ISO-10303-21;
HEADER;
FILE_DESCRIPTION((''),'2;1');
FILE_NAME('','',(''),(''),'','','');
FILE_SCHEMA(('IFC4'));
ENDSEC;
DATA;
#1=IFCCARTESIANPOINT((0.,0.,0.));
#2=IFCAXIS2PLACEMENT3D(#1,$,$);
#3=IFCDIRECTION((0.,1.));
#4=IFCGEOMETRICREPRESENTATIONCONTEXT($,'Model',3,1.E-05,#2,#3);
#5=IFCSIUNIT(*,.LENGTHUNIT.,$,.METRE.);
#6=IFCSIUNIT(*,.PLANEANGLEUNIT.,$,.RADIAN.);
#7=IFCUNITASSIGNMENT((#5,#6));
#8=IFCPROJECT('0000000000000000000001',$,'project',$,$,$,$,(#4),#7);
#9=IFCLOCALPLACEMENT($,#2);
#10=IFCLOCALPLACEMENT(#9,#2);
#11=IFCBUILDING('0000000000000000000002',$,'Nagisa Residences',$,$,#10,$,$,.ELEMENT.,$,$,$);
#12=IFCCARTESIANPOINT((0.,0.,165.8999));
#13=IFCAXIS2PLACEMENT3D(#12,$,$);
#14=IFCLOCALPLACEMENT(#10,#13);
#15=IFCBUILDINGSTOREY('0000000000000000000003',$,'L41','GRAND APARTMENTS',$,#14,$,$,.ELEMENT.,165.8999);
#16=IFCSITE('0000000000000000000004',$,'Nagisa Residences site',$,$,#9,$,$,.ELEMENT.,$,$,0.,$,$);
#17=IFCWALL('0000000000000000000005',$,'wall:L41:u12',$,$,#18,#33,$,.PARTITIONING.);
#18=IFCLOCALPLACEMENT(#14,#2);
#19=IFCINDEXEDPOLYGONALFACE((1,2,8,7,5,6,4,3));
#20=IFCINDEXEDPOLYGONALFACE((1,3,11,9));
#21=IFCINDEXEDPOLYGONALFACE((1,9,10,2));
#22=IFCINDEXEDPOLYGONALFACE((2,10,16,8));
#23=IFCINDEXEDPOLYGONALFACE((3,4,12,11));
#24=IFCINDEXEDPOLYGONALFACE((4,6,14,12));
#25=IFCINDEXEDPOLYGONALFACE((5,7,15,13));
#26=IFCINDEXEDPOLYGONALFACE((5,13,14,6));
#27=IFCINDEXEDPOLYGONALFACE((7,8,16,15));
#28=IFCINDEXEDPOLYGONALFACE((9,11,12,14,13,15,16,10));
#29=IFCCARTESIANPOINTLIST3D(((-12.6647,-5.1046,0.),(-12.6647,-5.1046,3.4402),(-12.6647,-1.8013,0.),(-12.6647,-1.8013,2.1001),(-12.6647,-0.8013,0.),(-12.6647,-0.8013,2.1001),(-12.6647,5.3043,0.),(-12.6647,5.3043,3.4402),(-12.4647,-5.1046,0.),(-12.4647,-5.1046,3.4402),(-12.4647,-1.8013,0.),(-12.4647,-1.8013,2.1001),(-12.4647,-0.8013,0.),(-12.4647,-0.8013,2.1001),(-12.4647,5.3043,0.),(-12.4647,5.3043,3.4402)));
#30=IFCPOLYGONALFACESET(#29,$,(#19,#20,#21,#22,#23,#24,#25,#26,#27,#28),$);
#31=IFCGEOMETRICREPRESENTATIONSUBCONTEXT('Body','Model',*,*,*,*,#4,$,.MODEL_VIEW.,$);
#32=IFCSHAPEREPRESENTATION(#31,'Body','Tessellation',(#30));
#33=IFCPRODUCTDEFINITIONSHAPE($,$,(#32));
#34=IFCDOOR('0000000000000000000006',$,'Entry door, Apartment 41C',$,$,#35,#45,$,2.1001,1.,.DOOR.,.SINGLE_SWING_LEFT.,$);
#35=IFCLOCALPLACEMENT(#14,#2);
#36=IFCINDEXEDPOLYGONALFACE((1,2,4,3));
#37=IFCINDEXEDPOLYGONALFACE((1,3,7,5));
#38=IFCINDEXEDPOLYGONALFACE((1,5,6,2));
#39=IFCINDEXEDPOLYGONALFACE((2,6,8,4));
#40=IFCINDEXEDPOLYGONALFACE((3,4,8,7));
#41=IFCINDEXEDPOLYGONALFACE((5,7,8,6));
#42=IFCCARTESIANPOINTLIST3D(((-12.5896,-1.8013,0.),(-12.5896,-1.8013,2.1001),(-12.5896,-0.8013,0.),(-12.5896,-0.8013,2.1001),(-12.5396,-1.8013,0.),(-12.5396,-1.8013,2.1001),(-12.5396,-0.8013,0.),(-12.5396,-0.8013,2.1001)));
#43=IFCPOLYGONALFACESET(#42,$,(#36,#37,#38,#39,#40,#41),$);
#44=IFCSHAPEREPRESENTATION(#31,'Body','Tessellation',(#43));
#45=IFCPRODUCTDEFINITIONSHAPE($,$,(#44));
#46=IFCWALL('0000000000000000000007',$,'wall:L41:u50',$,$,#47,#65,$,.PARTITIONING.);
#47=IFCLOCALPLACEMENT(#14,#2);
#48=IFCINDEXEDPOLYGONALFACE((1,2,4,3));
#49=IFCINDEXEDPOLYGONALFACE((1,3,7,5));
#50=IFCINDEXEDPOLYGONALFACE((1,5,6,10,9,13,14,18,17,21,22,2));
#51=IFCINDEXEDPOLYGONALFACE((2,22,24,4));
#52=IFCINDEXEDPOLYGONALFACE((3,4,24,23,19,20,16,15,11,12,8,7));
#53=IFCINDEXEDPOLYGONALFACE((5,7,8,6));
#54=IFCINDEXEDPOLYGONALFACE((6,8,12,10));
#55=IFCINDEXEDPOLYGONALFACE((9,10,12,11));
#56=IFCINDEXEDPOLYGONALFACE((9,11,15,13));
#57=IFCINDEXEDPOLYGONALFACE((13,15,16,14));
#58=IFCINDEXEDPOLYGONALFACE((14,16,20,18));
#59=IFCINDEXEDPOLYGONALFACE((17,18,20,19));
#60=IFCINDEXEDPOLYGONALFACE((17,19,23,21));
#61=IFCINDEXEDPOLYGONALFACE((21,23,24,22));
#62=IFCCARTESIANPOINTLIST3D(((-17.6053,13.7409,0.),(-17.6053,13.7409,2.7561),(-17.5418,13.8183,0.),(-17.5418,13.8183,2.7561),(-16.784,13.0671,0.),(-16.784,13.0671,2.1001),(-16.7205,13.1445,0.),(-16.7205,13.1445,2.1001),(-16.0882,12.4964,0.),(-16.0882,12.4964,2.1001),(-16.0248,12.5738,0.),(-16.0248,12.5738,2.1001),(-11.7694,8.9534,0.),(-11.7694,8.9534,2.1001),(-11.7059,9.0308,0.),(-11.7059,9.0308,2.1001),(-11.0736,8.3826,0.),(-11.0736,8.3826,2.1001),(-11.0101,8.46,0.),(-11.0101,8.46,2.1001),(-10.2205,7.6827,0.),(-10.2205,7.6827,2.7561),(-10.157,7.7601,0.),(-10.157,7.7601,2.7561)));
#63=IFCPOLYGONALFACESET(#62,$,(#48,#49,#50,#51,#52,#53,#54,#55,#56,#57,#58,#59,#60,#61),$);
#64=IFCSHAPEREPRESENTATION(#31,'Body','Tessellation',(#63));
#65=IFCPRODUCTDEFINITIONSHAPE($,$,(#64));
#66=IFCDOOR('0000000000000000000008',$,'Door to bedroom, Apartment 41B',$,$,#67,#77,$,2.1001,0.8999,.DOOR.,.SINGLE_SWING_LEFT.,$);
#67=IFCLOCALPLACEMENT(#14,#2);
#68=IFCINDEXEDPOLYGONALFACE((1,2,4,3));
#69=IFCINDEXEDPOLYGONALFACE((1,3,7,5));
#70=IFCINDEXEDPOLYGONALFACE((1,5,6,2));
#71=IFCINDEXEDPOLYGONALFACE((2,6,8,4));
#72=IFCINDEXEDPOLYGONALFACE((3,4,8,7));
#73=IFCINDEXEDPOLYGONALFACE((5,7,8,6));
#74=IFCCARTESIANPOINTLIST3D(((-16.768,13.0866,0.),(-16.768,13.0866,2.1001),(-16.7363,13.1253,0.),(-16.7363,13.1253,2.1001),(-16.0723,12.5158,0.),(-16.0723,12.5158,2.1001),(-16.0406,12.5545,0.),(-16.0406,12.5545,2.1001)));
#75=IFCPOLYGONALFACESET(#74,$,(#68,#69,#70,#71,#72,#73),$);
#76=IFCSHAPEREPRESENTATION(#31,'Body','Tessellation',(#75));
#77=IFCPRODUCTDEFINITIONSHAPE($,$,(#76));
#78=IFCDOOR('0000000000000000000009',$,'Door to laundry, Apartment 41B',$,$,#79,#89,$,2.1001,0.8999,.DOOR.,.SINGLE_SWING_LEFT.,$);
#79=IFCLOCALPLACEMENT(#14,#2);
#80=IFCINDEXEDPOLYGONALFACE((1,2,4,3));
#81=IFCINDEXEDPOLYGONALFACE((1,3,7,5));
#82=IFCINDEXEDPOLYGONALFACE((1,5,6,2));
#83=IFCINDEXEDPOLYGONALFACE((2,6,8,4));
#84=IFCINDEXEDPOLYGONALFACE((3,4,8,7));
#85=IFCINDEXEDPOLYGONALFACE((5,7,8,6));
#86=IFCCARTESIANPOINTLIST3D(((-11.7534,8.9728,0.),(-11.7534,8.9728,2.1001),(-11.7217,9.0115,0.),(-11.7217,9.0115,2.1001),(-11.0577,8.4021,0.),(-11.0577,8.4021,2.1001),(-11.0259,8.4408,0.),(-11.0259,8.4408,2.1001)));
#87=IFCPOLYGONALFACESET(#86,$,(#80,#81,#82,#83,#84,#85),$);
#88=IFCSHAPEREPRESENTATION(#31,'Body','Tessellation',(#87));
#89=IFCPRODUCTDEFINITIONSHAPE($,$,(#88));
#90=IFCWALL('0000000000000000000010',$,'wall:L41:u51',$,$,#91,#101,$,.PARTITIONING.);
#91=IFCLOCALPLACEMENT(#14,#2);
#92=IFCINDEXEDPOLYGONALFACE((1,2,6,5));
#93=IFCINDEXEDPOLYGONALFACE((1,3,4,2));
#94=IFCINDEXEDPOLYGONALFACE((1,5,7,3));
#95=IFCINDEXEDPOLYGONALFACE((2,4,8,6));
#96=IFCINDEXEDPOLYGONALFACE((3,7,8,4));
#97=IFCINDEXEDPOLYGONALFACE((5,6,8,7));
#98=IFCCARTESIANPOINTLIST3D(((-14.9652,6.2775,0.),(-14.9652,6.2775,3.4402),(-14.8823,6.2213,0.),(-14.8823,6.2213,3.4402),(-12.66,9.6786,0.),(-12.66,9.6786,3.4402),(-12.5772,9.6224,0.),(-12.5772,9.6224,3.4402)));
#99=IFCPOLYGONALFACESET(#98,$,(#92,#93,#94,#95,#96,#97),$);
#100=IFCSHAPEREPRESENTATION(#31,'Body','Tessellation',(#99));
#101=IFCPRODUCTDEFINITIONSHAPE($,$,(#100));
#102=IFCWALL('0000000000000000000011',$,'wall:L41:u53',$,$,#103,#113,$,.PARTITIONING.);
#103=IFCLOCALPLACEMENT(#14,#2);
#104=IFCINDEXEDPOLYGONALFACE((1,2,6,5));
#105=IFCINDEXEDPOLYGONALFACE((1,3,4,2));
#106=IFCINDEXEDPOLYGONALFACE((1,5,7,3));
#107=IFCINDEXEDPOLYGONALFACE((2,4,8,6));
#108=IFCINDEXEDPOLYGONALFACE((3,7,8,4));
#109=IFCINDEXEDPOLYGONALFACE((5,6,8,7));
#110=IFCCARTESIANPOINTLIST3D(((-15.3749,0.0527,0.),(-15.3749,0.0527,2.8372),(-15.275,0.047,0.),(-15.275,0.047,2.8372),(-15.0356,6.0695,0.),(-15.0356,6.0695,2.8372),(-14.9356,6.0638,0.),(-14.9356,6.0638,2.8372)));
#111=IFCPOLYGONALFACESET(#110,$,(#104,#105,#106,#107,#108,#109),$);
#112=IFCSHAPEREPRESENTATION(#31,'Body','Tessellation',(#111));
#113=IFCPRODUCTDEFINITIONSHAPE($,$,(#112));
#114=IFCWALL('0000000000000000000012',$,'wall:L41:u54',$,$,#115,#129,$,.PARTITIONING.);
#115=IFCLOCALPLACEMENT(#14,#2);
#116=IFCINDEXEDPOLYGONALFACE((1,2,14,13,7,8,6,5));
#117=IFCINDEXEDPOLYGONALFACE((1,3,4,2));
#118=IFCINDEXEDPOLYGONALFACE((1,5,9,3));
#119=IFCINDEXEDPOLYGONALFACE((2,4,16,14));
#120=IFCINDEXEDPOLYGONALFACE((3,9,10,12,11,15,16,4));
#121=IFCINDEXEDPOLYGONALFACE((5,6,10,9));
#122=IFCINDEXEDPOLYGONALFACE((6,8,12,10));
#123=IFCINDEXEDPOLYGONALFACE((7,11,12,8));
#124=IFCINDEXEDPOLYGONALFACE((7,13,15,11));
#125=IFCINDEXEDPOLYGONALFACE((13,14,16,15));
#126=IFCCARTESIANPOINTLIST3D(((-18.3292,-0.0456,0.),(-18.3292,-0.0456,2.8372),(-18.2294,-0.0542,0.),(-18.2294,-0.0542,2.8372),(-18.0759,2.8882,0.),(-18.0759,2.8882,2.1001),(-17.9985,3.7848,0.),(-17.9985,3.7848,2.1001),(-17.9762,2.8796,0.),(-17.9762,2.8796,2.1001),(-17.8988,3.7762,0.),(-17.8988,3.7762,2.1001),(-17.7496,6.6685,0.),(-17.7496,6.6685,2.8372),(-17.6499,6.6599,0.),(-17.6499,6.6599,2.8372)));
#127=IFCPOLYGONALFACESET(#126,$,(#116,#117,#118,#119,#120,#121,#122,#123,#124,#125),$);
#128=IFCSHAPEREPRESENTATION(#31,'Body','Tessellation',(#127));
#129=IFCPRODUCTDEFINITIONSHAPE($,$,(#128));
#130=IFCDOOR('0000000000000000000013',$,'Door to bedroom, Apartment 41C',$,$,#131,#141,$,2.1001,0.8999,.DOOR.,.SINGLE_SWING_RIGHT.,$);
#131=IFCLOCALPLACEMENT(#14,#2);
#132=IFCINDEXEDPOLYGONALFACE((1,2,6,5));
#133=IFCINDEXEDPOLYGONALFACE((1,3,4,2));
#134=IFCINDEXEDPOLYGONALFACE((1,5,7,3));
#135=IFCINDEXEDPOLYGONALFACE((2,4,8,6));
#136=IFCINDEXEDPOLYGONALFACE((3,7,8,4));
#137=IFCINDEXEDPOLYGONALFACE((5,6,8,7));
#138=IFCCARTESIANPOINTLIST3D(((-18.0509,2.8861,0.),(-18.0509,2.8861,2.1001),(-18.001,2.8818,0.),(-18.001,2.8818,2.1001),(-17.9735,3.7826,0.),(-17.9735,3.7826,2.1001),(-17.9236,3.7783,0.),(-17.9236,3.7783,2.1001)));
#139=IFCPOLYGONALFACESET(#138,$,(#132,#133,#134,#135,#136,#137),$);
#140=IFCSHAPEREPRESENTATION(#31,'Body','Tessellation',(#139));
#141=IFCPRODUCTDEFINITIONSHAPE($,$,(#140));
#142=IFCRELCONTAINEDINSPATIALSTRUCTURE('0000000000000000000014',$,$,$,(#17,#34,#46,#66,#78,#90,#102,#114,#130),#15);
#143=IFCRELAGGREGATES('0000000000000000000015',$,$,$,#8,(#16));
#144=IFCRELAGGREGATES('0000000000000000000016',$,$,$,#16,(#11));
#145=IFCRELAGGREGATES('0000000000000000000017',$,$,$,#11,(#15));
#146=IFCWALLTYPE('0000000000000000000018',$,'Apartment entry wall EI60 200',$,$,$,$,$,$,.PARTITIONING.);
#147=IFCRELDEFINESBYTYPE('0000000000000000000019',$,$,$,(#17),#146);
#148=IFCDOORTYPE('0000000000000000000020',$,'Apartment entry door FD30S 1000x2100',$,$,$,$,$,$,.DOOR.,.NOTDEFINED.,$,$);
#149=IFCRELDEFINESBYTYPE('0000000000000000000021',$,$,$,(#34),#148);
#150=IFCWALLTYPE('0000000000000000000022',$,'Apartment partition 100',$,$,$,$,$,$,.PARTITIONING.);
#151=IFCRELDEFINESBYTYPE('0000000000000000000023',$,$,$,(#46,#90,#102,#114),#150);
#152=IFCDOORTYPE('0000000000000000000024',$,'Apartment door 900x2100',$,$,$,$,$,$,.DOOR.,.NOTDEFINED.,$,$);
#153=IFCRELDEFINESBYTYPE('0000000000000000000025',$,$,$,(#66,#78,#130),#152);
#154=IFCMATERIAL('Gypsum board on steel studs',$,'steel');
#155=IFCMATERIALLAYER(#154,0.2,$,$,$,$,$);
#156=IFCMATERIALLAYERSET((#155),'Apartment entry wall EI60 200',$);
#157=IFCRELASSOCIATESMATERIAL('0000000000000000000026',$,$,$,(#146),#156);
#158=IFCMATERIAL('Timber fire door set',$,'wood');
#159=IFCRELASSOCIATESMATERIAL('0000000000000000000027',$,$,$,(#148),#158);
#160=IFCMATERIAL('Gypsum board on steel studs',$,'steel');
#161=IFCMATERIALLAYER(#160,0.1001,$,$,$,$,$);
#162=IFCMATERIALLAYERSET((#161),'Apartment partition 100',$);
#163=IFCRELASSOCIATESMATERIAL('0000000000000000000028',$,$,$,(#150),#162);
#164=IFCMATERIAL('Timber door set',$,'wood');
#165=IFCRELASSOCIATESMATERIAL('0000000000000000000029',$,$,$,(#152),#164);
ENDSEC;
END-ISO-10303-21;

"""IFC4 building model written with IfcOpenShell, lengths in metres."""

from ifc_helpers import new_model, si_unit, direction, frame, frame_2d, origin, place, context, subcontext, project, spatial, rectangle, extrude, material, layer, layer_set, type_object, element, fill, save


model = new_model("IFC4")

# Units and contexts
model_context = context("Model", 3, precision=1e-05, world=origin(), true_north=direction((0.0, 1.0)))
body_context = subcontext(model_context, "Body", "Model", "MODEL_VIEW")
ifc_project = project(units=[si_unit("LENGTHUNIT", "METRE"), si_unit("PLANEANGLEUNIT", "RADIAN")], contexts=[model_context])

# Site, building, storey
site_placement = place(None, origin())
site = spatial("IfcSite", under=ifc_project, at=site_placement, Name="Nagisa Residences site", CompositionType="ELEMENT", RefElevation=0.0)
building_placement = place(site_placement, origin())
building = spatial("IfcBuilding", under=site, at=building_placement, Name="Nagisa Residences", CompositionType="ELEMENT")
storey_placement = place(building_placement, frame((0.0, 0.0, 165.8999)))
storey = spatial("IfcBuildingStorey", under=building, at=storey_placement, Name="L41", Description="GRAND APARTMENTS", CompositionType="ELEMENT", Elevation=165.8999)

# Wall, opening, door
ifc_material_1 = material(Name="Gypsum board on steel studs", Category="steel")
ifc_layer_1 = layer(ifc_material_1, 0.2)
ifc_layer_set_1 = layer_set([ifc_layer_1], Name="Apartment entry wall EI60 200")
wall_type_1 = type_object("IfcWallType", Name="Apartment entry wall EI60 200", PredefinedType="PARTITIONING", material=ifc_layer_set_1)
wall_1_placement = place(storey_placement, frame((-12.5647, 5.3044, 0.0), z_axis=(0.0, 0.0, 1.0), x_axis=(0.0, -1.0, 0.0)))
wall_1 = element("IfcWall", 1, at=wall_1_placement, inside=storey, type_object=wall_type_1, Name="wall:L41:u12", PredefinedType="PARTITIONING", context=body_context, shape_type="SweptSolid", body=[
    extrude(rectangle(XDim=10.4089, YDim=0.2, at=frame_2d((5.2046, 0.0))), origin(), (0.0, 0.0, 1.0), 3.4402),
])
opening_1_placement = place(wall_1_placement, frame((6.1057, 0.0, 0.0)))
opening_1 = element("IfcOpeningElement", 2, at=opening_1_placement, cuts=wall_1, PredefinedType="OPENING", context=body_context, shape_type="SweptSolid", body=[
    extrude(rectangle(XDim=1.0, YDim=2.1001, at=frame_2d((0.5, 1.05))), frame((0.0, 0.1099, 0.0), z_axis=(0.0, -1.0, 0.0), x_axis=(1.0, 0.0, 0.0)), (0.0, 0.0, 1.0), 0.22),
])
ifc_material_2 = material(Name="Timber fire door set", Category="wood")
door_type_1 = type_object("IfcDoorType", Name="Apartment entry door FD30S 1000x2100", OperationType="NOTDEFINED", PredefinedType="DOOR", material=ifc_material_2)
door_1_placement = place(opening_1_placement, frame((1.0, 0.0, 0.0), x_axis=(-1.0, 0.0, 0.0)))
door_1 = element("IfcDoor", 3, at=door_1_placement, inside=storey, type_object=door_type_1, Name="Entry door, Apartment 41C", OperationType="SINGLE_SWING_LEFT", OverallHeight=2.1001, OverallWidth=1.0, PredefinedType="DOOR", context=body_context, shape_type="SweptSolid", body=[
    extrude(rectangle(XDim=1.0, YDim=2.1001, at=frame_2d((0.5, 1.05))), frame((0.0, 0.0249, 0.0), z_axis=(0.0, -1.0, 0.0), x_axis=(1.0, 0.0, 0.0)), (0.0, 0.0, 1.0), 0.05),
])
fill(opening_1, door_1)

# Wall, openings, doors
ifc_material_3 = material(Name="Gypsum board on steel studs", Category="steel")
ifc_layer_2 = layer(ifc_material_3, 0.1001)
ifc_layer_set_2 = layer_set([ifc_layer_2], Name="Apartment partition 100")
wall_type_2 = type_object("IfcWallType", Name="Apartment partition 100", PredefinedType="PARTITIONING", material=ifc_layer_set_2)
wall_2_placement = place(storey_placement, frame((-10.1887, 7.7214, 0.0), z_axis=(0.0, 0.0, 1.0), x_axis=(-0.773134, 0.634242, 0.0)))
wall_2 = element("IfcWall", 4, at=wall_2_placement, inside=storey, type_object=wall_type_2, Name="wall:L41:u50", PredefinedType="PARTITIONING", context=body_context, shape_type="SweptSolid", body=[
    extrude(rectangle(XDim=9.5518, YDim=0.1001, at=frame_2d((4.7759, 0.0))), origin(), (0.0, 0.0, 1.0), 2.7561),
])
opening_2_placement = place(wall_2_placement, frame((7.5896, 0.0, 0.0)))
opening_2 = element("IfcOpeningElement", 5, at=opening_2_placement, cuts=wall_2, PredefinedType="OPENING", context=body_context, shape_type="SweptSolid", body=[
    extrude(rectangle(XDim=0.8999, YDim=2.1001, at=frame_2d((0.45, 1.05))), frame((0.0, 0.0601, 0.0), z_axis=(0.0, -1.0, 0.0), x_axis=(1.0, 0.0, 0.0)), (0.0, 0.0, 1.0), 0.1201),
])
opening_3_placement = place(wall_2_placement, frame((1.1035, 0.0, 0.0)))
opening_3 = element("IfcOpeningElement", 6, at=opening_3_placement, cuts=wall_2, PredefinedType="OPENING", context=body_context, shape_type="SweptSolid", body=[
    extrude(rectangle(XDim=0.8999, YDim=2.1001, at=frame_2d((0.45, 1.05))), frame((0.0, 0.0601, 0.0), z_axis=(0.0, -1.0, 0.0), x_axis=(1.0, 0.0, 0.0)), (0.0, 0.0, 1.0), 0.1201),
])
ifc_material_4 = material(Name="Timber door set", Category="wood")
door_type_2 = type_object("IfcDoorType", Name="Apartment door 900x2100", OperationType="NOTDEFINED", PredefinedType="DOOR", material=ifc_material_4)
door_2_placement = place(opening_2_placement, origin())
door_2 = element("IfcDoor", 7, at=door_2_placement, inside=storey, type_object=door_type_2, Name="Door to bedroom, Apartment 41B", OperationType="SINGLE_SWING_LEFT", OverallHeight=2.1001, OverallWidth=0.8999, PredefinedType="DOOR", context=body_context, shape_type="SweptSolid", body=[
    extrude(rectangle(XDim=0.8999, YDim=2.1001, at=frame_2d((0.45, 1.05))), frame((0.0, 0.0249, 0.0), z_axis=(0.0, -1.0, 0.0), x_axis=(1.0, 0.0, 0.0)), (0.0, 0.0, 1.0), 0.05),
])
fill(opening_2, door_2)
door_3_placement = place(opening_3_placement, origin())
door_3 = element("IfcDoor", 8, at=door_3_placement, inside=storey, type_object=door_type_2, Name="Door to laundry, Apartment 41B", OperationType="SINGLE_SWING_LEFT", OverallHeight=2.1001, OverallWidth=0.8999, PredefinedType="DOOR", context=body_context, shape_type="SweptSolid", body=[
    extrude(rectangle(XDim=0.8999, YDim=2.1001, at=frame_2d((0.45, 1.05))), frame((0.0, 0.0249, 0.0), z_axis=(0.0, -1.0, 0.0), x_axis=(1.0, 0.0, 0.0)), (0.0, 0.0, 1.0), 0.05),
])
fill(opening_3, door_3)

# Walls
wall_3_placement = place(storey_placement, frame((-12.6187, 9.6504, 0.0), z_axis=(0.0, 0.0, 1.0), x_axis=(-0.561047, -0.827784, 0.0)))
element("IfcWall", 9, at=wall_3_placement, inside=storey, type_object=wall_type_2, Name="wall:L41:u51", PredefinedType="PARTITIONING", context=body_context, shape_type="SweptSolid", body=[
    extrude(rectangle(XDim=4.1086, YDim=0.1001, at=frame_2d((2.0542, 0.0))), origin(), (0.0, 0.0, 1.0), 3.4402),
])
wall_4_placement = place(storey_placement, frame((-14.9856, 6.0667, 0.0), z_axis=(0.0, 0.0, 1.0), x_axis=(-0.056311, -0.998413, 0.0)))
element("IfcWall", 10, at=wall_4_placement, inside=storey, type_object=wall_type_2, Name="wall:L41:u53", PredefinedType="PARTITIONING", context=body_context, shape_type="SweptSolid", body=[
    extrude(rectangle(XDim=6.0264, YDim=0.1001, at=frame_2d((3.0132, 0.0))), origin(), (0.0, 0.0, 1.0), 2.8372),
])

# Wall, opening, door
wall_5_placement = place(storey_placement, frame((-17.6997, 6.6643, 0.0), z_axis=(0.0, 0.0, 1.0), x_axis=(-0.086004, -0.996295, 0.0)))
wall_5 = element("IfcWall", 11, at=wall_5_placement, inside=storey, type_object=wall_type_2, Name="wall:L41:u54", PredefinedType="PARTITIONING", context=body_context, shape_type="SweptSolid", body=[
    extrude(rectangle(XDim=6.739, YDim=0.1001, at=frame_2d((3.3696, 0.0))), origin(), (0.0, 0.0, 1.0), 2.8372),
])
opening_4_placement = place(wall_5_placement, frame((2.8945, 0.0, 0.0)))
opening_4 = element("IfcOpeningElement", 12, at=opening_4_placement, cuts=wall_5, PredefinedType="OPENING", context=body_context, shape_type="SweptSolid", body=[
    extrude(rectangle(XDim=0.8999, YDim=2.1001, at=frame_2d((0.45, 1.05))), frame((0.0, 0.0601, 0.0), z_axis=(0.0, -1.0, 0.0), x_axis=(1.0, 0.0, 0.0)), (0.0, 0.0, 1.0), 0.1201),
])
door_4_placement = place(opening_4_placement, frame((0.8999, 0.0, 0.0), x_axis=(-1.0, 0.0, 0.0)))
door_4 = element("IfcDoor", 13, at=door_4_placement, inside=storey, type_object=door_type_2, Name="Door to bedroom, Apartment 41C", OperationType="SINGLE_SWING_RIGHT", OverallHeight=2.1001, OverallWidth=0.8999, PredefinedType="DOOR", context=body_context, shape_type="SweptSolid", body=[
    extrude(rectangle(XDim=0.8999, YDim=2.1001, at=frame_2d((0.45, 1.05))), frame((0.0, 0.0249, 0.0), z_axis=(0.0, -1.0, 0.0), x_axis=(1.0, 0.0, 0.0)), (0.0, 0.0, 1.0), 0.05),
])
fill(opening_4, door_4)

save(model, "model.ifc")
